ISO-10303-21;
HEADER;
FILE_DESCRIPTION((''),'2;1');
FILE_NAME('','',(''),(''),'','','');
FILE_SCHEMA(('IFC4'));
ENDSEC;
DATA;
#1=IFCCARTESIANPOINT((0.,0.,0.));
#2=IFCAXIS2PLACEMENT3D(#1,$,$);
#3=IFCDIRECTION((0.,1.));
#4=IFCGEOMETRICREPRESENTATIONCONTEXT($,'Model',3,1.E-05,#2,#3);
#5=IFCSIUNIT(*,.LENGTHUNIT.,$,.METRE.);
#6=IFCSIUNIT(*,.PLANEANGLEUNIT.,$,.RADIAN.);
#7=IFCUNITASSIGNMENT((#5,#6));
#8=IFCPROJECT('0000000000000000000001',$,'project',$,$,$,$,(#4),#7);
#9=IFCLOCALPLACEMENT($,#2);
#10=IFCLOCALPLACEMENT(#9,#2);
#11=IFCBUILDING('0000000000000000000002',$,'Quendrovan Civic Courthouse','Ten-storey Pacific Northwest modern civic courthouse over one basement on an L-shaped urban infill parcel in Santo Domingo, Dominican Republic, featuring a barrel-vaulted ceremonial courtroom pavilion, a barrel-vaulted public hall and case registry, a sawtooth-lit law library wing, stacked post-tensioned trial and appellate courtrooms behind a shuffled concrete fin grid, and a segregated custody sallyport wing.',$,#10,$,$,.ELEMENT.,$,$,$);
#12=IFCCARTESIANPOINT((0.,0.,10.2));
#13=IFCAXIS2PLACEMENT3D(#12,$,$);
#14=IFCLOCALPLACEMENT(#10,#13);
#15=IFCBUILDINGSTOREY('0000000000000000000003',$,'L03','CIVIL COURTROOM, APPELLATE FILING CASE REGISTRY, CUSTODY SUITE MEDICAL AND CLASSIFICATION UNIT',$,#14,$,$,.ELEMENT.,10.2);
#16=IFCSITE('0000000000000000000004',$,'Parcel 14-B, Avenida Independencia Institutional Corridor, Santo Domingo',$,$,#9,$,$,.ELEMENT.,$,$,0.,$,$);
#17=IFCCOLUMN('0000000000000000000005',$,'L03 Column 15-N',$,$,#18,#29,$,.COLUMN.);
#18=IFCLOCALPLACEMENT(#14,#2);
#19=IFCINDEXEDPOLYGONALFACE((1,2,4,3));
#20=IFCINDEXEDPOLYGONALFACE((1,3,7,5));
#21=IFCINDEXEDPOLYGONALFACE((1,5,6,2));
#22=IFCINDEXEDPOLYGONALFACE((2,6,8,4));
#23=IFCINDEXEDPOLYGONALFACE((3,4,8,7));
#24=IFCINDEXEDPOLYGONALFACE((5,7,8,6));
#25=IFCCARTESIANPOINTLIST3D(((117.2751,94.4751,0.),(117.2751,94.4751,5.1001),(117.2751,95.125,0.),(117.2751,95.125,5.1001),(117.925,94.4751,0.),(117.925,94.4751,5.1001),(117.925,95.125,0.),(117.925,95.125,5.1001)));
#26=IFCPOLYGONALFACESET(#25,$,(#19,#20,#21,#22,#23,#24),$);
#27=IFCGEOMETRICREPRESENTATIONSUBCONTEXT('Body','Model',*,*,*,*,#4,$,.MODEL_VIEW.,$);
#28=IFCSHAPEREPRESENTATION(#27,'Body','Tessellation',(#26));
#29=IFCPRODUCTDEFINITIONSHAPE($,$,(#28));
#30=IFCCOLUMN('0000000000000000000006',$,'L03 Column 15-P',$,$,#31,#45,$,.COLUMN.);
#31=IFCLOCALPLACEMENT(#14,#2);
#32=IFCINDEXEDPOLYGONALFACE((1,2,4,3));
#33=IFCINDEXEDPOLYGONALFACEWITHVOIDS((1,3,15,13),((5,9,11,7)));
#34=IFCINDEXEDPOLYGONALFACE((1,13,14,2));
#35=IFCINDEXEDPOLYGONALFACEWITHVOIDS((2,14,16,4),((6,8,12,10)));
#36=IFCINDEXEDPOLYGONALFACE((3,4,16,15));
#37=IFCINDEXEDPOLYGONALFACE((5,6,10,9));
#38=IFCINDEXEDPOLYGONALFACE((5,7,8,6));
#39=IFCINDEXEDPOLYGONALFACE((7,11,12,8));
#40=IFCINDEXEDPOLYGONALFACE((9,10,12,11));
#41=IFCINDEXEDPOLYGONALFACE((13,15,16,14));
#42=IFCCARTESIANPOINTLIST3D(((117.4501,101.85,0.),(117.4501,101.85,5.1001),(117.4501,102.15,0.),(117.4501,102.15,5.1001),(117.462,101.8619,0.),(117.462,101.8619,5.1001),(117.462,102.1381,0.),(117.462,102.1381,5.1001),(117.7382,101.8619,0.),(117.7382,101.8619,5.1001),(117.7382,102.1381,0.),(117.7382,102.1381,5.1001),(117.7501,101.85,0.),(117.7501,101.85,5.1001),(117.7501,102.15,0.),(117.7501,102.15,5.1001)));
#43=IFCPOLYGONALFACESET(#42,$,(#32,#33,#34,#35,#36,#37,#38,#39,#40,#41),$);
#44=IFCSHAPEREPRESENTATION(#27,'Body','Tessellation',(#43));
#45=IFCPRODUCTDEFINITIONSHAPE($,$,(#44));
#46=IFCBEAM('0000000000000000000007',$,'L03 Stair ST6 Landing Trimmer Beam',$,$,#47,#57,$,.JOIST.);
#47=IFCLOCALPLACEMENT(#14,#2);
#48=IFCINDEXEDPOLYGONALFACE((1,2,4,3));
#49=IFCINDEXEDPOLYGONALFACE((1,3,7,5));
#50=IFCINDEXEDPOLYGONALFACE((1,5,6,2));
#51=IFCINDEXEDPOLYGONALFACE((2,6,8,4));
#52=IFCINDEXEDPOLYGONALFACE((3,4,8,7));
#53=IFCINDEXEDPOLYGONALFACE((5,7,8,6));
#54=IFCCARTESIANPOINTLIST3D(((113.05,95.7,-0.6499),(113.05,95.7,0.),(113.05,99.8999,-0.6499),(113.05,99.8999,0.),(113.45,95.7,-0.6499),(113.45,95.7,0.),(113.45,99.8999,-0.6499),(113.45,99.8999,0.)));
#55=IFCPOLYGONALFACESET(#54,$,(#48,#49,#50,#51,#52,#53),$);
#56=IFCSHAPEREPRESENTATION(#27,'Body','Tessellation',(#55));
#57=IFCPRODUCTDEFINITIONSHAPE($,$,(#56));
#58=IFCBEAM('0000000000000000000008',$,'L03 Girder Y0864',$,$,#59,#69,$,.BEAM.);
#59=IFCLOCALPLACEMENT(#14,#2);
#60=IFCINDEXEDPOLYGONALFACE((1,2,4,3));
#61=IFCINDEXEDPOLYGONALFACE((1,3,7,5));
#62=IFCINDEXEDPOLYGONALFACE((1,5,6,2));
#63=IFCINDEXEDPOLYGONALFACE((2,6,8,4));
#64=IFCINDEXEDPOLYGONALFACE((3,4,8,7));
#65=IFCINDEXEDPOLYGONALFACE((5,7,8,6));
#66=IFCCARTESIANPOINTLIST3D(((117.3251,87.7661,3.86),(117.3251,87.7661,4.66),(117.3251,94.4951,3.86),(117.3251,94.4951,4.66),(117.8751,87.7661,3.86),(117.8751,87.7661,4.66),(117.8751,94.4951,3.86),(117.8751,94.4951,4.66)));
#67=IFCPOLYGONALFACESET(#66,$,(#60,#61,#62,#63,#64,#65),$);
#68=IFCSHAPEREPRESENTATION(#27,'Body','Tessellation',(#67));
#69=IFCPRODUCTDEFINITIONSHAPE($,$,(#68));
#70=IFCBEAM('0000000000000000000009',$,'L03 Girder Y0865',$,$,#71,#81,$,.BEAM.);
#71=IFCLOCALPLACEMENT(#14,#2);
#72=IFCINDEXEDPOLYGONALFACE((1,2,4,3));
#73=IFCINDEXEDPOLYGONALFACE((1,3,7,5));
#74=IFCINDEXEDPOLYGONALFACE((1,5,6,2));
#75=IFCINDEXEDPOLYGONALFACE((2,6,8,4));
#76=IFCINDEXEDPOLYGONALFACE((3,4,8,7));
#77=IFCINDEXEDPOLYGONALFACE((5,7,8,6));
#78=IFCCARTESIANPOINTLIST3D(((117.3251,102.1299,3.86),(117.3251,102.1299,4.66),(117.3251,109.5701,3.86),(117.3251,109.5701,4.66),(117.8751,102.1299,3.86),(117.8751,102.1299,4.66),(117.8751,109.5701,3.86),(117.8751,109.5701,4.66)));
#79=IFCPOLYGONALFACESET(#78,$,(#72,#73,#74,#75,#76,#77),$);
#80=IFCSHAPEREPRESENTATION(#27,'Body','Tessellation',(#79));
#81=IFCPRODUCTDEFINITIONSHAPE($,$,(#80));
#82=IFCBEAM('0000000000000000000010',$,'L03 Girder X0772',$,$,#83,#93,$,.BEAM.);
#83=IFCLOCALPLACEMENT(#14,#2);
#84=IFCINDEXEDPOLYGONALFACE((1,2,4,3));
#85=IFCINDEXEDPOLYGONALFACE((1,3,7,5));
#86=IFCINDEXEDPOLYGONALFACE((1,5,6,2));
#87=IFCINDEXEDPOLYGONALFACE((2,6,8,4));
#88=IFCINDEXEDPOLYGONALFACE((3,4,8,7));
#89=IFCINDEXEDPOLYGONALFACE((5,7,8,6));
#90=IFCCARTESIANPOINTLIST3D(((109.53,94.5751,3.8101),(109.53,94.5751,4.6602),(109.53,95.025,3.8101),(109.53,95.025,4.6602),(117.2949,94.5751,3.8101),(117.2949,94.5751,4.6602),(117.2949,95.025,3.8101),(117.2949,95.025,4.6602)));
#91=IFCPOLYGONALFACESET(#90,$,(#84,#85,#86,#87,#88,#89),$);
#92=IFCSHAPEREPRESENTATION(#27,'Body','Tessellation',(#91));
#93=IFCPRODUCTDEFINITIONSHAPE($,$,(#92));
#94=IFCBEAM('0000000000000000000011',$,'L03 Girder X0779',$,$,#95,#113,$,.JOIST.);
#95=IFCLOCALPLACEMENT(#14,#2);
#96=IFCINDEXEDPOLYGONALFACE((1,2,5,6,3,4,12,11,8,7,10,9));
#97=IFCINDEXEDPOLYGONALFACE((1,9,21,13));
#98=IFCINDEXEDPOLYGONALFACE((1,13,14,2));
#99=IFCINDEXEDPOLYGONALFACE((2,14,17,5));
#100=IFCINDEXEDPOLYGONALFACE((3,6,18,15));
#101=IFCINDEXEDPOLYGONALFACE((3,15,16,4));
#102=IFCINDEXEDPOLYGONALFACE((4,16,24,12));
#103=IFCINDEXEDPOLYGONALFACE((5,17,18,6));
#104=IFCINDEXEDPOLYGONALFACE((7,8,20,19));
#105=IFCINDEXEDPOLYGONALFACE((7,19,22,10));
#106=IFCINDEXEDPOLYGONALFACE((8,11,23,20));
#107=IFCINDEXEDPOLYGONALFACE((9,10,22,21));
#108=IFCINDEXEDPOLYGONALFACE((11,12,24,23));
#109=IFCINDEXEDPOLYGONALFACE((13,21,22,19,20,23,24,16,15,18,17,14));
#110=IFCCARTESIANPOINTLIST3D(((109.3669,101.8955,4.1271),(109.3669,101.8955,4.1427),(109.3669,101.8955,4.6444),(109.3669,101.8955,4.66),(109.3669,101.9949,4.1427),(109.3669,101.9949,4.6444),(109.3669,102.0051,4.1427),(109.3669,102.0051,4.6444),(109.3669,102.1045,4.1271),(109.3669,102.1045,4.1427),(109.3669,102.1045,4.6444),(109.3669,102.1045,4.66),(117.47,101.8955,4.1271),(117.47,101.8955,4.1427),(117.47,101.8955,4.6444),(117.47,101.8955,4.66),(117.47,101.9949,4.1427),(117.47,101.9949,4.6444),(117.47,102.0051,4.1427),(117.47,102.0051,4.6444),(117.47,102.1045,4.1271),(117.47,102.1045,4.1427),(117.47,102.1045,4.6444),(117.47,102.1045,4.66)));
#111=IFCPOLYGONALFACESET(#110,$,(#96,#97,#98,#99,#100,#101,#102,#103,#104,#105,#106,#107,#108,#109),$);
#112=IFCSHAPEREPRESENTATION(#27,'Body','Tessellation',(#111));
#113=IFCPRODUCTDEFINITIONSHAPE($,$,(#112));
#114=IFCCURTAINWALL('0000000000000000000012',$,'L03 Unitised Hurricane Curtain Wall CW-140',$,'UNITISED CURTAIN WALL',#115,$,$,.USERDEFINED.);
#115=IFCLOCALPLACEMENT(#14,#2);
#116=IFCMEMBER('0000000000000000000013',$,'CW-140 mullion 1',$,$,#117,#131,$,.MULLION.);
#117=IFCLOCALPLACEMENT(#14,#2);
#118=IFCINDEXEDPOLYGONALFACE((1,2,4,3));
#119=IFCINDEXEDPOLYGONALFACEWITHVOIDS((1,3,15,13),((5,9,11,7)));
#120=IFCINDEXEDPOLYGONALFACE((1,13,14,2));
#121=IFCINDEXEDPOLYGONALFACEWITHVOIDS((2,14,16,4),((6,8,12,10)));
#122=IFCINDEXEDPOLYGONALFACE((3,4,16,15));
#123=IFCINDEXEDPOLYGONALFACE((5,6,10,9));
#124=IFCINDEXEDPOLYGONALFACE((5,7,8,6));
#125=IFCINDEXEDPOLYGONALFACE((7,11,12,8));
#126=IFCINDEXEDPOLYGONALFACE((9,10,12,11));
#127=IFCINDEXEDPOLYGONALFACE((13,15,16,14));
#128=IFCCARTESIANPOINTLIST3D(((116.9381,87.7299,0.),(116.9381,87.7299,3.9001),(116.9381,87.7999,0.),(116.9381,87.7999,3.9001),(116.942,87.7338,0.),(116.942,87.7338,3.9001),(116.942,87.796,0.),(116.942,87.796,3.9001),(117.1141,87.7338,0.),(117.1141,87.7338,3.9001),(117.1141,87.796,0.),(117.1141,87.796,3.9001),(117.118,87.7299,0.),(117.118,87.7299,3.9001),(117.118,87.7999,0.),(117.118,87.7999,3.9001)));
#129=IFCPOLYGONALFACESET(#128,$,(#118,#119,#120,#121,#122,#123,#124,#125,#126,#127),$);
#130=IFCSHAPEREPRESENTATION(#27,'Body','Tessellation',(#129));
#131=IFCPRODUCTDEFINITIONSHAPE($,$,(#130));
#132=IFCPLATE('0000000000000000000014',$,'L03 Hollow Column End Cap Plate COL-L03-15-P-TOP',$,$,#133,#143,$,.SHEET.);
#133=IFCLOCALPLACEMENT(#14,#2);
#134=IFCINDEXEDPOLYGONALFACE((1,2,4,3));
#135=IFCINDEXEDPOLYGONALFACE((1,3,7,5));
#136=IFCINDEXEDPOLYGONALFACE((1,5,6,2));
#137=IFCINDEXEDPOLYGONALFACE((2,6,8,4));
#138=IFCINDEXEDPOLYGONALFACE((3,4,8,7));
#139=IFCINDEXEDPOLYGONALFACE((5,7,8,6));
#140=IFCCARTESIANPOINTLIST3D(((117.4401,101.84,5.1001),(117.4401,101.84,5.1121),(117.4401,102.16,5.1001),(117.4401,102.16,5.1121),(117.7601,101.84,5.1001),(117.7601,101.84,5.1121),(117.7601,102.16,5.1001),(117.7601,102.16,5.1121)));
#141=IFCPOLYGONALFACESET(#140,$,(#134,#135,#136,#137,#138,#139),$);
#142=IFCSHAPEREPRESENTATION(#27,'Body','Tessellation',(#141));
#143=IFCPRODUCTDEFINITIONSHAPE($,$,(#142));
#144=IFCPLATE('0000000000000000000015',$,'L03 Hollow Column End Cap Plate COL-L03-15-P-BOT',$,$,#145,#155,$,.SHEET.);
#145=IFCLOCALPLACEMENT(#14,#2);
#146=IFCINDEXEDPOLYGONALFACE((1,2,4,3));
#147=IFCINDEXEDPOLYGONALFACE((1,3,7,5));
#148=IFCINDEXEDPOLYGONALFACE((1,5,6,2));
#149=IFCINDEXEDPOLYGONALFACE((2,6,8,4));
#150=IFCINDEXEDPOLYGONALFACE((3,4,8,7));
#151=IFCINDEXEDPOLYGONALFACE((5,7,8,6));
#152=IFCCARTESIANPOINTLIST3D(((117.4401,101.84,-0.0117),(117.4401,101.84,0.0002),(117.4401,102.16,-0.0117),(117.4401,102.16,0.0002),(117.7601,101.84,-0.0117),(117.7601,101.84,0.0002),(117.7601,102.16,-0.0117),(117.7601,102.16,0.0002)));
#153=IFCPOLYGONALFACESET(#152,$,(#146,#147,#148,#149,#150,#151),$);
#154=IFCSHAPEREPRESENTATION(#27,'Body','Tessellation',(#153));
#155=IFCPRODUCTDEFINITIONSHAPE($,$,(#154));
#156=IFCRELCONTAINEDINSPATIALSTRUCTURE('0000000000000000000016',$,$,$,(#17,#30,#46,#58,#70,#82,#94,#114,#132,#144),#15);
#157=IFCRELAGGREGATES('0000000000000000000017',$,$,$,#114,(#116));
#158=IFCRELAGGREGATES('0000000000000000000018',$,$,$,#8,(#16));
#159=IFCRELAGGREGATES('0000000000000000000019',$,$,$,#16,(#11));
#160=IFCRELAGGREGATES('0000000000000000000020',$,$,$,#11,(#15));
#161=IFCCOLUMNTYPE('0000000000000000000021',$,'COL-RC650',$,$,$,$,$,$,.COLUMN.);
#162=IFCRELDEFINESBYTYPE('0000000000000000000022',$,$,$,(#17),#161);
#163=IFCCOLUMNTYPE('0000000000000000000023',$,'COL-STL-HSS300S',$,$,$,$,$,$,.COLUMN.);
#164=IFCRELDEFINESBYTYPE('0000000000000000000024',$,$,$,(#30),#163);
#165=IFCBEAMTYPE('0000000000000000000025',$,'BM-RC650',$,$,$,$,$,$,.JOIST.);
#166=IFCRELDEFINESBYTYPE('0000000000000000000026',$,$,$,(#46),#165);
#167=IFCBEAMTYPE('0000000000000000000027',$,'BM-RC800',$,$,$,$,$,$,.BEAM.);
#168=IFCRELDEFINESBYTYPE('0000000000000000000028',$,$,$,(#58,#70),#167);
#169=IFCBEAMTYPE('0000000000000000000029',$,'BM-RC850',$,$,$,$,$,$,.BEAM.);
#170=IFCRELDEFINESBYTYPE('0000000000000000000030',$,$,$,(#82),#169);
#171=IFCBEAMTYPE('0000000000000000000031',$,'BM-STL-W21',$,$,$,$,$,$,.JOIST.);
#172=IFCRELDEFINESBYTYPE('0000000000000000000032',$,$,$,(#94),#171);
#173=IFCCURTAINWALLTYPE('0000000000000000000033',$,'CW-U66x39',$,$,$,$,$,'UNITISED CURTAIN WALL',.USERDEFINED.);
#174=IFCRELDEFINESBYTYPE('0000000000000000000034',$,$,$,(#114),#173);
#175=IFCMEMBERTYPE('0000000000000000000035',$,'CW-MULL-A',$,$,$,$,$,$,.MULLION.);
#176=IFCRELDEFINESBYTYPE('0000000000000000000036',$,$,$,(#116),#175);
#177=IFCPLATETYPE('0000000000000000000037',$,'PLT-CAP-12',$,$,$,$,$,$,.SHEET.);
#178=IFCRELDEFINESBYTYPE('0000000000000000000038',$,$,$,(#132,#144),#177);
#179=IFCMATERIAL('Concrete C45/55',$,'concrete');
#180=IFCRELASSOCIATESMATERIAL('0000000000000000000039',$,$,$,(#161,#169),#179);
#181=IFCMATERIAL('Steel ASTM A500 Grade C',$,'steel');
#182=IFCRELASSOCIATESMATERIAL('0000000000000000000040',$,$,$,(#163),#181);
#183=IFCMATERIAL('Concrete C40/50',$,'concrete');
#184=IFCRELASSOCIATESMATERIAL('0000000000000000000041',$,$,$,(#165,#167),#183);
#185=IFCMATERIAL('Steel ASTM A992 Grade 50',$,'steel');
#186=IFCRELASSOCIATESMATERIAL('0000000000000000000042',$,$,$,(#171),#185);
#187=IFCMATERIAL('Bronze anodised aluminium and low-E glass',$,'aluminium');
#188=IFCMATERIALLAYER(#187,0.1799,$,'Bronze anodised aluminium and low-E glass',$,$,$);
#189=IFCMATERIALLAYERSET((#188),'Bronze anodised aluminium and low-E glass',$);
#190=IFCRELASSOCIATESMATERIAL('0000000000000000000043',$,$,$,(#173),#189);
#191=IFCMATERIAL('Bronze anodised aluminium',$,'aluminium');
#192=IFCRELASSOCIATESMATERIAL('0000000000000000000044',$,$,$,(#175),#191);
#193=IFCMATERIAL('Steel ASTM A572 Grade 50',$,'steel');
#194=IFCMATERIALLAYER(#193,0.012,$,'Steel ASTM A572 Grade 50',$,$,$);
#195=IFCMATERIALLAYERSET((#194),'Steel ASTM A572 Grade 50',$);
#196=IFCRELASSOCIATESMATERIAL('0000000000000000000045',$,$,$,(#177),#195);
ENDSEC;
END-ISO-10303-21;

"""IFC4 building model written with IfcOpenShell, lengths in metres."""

from ifc_helpers import new_model, si_unit, direction, frame, origin, origin_2d, place, context, subcontext, project, spatial, rectangle, hollow_rectangle, i_section, extrude, material, layer, layer_set, material_profile, profile_set, type_object, element, aggregate, save


model = new_model("IFC4")

# Units and contexts
model_context = context("Model", 3, precision=1e-05, world=origin(), true_north=direction((0.0, 1.0)))
body_context = subcontext(model_context, "Body", "Model", "MODEL_VIEW")
ifc_project = project(units=[si_unit("LENGTHUNIT", "METRE"), si_unit("PLANEANGLEUNIT", "RADIAN")], contexts=[model_context])

# Site, building, storey
site_placement = place(None, origin())
site = spatial("IfcSite", under=ifc_project, at=site_placement, Name="Parcel 14-B, Avenida Independencia Institutional Corridor, Santo Domingo", CompositionType="ELEMENT", RefElevation=0.0)
building_placement = place(site_placement, origin())
building = spatial("IfcBuilding", under=site, at=building_placement, Name="Quendrovan Civic Courthouse", Description="Ten-storey Pacific Northwest modern civic courthouse over one basement on an L-shaped urban infill parcel in Santo Domingo, Dominican Republic, featuring a barrel-vaulted ceremonial courtroom pavilion, a barrel-vaulted public hall and case registry, a sawtooth-lit law library wing, stacked post-tensioned trial and appellate courtrooms behind a shuffled concrete fin grid, and a segregated custody sallyport wing.", CompositionType="ELEMENT")
storey_placement = place(building_placement, frame((0.0, 0.0, 10.2)))
storey = spatial("IfcBuildingStorey", under=building, at=storey_placement, Name="L03", Description="CIVIL COURTROOM, APPELLATE FILING CASE REGISTRY, CUSTODY SUITE MEDICAL AND CLASSIFICATION UNIT", CompositionType="ELEMENT", Elevation=10.2)

# Columns
ifc_material_1 = material(Name="Concrete C45/55", Category="concrete")
ifc_material_profile_1 = material_profile(ifc_material_1, rectangle(XDim=0.6499, YDim=0.6499, at=origin_2d()), Name="RC-COL-650x650")
ifc_profile_set_1 = profile_set([ifc_material_profile_1], Name="Concrete C45/55")
column_type_1 = type_object("IfcColumnType", Name="COL-RC650", PredefinedType="COLUMN", material=ifc_profile_set_1)
column_1_placement = place(storey_placement, frame((117.6001, 94.8, 0.0), z_axis=(0.0, 0.0, 1.0), x_axis=(1.0, 0.0, 0.0)))
element("IfcColumn", 1, at=column_1_placement, inside=storey, type_object=column_type_1, Name="L03 Column 15-N", PredefinedType="COLUMN", context=body_context, shape_type="SweptSolid", body=[
    extrude(rectangle(XDim=0.6499, YDim=0.6499, at=origin_2d()), origin(), (0.0, 0.0, 1.0), 5.1001),
])
ifc_material_2 = material(Name="Steel ASTM A500 Grade C", Category="steel")
ifc_material_profile_2 = material_profile(ifc_material_2, hollow_rectangle(XDim=0.3, YDim=0.3, WallThickness=0.012, at=origin_2d()), Name="HSS300x300x12")
ifc_profile_set_2 = profile_set([ifc_material_profile_2], Name="Steel ASTM A500 Grade C")
column_type_2 = type_object("IfcColumnType", Name="COL-STL-HSS300S", PredefinedType="COLUMN", material=ifc_profile_set_2)
column_2_placement = place(storey_placement, frame((117.6001, 102.0, 0.0), z_axis=(0.0, 0.0, 1.0), x_axis=(1.0, 0.0, 0.0)))
element("IfcColumn", 2, at=column_2_placement, inside=storey, type_object=column_type_2, Name="L03 Column 15-P", PredefinedType="COLUMN", context=body_context, shape_type="SweptSolid", body=[
    extrude(hollow_rectangle(XDim=0.3, YDim=0.3, WallThickness=0.012, at=origin_2d()), origin(), (0.0, 0.0, 1.0), 5.1001),
])

# Beams
ifc_material_3 = material(Name="Concrete C40/50", Category="concrete")
ifc_material_profile_3 = material_profile(ifc_material_3, rectangle(XDim=0.3999, YDim=0.6499, at=origin_2d()), Name="RC-BM-400x650")
ifc_profile_set_3 = profile_set([ifc_material_profile_3], Name="Concrete C40/50")
beam_type_1 = type_object("IfcBeamType", Name="BM-RC650", PredefinedType="JOIST", material=ifc_profile_set_3)
beam_1_placement = place(storey_placement, frame((113.25, 95.7, -0.325), z_axis=(0.0, 1.0, 0.0), x_axis=(-1.0, 0.0, 0.0)))
element("IfcBeam", 3, at=beam_1_placement, inside=storey, type_object=beam_type_1, Name="L03 Stair ST6 Landing Trimmer Beam", PredefinedType="JOIST", context=body_context, shape_type="SweptSolid", body=[
    extrude(rectangle(XDim=0.3999, YDim=0.6499, at=origin_2d()), origin(), (0.0, 0.0, 1.0), 4.2),
])
ifc_material_profile_4 = material_profile(ifc_material_3, rectangle(XDim=0.55, YDim=0.8, at=origin_2d()), Name="RC-BM-550x800")
ifc_profile_set_4 = profile_set([ifc_material_profile_4], Name="Concrete C40/50")
beam_type_2 = type_object("IfcBeamType", Name="BM-RC800", PredefinedType="BEAM", material=ifc_profile_set_4)
beam_2_placement = place(storey_placement, frame((117.6001, 87.7661, 4.26), z_axis=(0.0, 1.0, 0.0), x_axis=(-1.0, 0.0, 0.0)))
element("IfcBeam", 4, at=beam_2_placement, inside=storey, type_object=beam_type_2, Name="L03 Girder Y0864", PredefinedType="BEAM", context=body_context, shape_type="SweptSolid", body=[
    extrude(rectangle(XDim=0.55, YDim=0.8, at=origin_2d()), origin(), (0.0, 0.0, 1.0), 6.729),
])
beam_3_placement = place(storey_placement, frame((117.6001, 102.1299, 4.26), z_axis=(0.0, 1.0, 0.0), x_axis=(-1.0, 0.0, 0.0)))
element("IfcBeam", 5, at=beam_3_placement, inside=storey, type_object=beam_type_2, Name="L03 Girder Y0865", PredefinedType="BEAM", context=body_context, shape_type="SweptSolid", body=[
    extrude(rectangle(XDim=0.55, YDim=0.8, at=origin_2d()), origin(), (0.0, 0.0, 1.0), 7.4402),
])
ifc_material_profile_5 = material_profile(ifc_material_1, rectangle(XDim=0.45, YDim=0.8501, at=origin_2d()), Name="RC-BM-450x850")
ifc_profile_set_5 = profile_set([ifc_material_profile_5], Name="Concrete C45/55")
beam_type_3 = type_object("IfcBeamType", Name="BM-RC850", PredefinedType="BEAM", material=ifc_profile_set_5)
beam_4_placement = place(storey_placement, frame((109.53, 94.8, 4.2351), z_axis=(1.0, 0.0, 0.0), x_axis=(0.0, 1.0, 0.0)))
element("IfcBeam", 6, at=beam_4_placement, inside=storey, type_object=beam_type_3, Name="L03 Girder X0772", PredefinedType="BEAM", context=body_context, shape_type="SweptSolid", body=[
    extrude(rectangle(XDim=0.45, YDim=0.8501, at=origin_2d()), origin(), (0.0, 0.0, 1.0), 7.7649),
])
ifc_material_4 = material(Name="Steel ASTM A992 Grade 50", Category="steel")
ifc_material_profile_6 = material_profile(ifc_material_4, i_section(OverallWidth=0.209, OverallDepth=0.533, WebThickness=0.0103, FlangeThickness=0.0156, at=origin_2d()), Name="W21X62")
ifc_profile_set_6 = profile_set([ifc_material_profile_6], Name="Steel ASTM A992 Grade 50")
beam_type_4 = type_object("IfcBeamType", Name="BM-STL-W21", PredefinedType="JOIST", material=ifc_profile_set_6)
beam_5_placement = place(storey_placement, frame((109.3669, 102.0, 4.3936), z_axis=(1.0, 0.0, 0.0), x_axis=(0.0, 1.0, 0.0)))
element("IfcBeam", 7, at=beam_5_placement, inside=storey, type_object=beam_type_4, Name="L03 Girder X0779", PredefinedType="JOIST", context=body_context, shape_type="SweptSolid", body=[
    extrude(i_section(OverallWidth=0.209, OverallDepth=0.533, WebThickness=0.0103, FlangeThickness=0.0156, at=origin_2d()), origin(), (0.0, 0.0, 1.0), 8.103),
])

# Curtain wall, member
ifc_material_5 = material(Name="Bronze anodised aluminium and low-E glass", Category="aluminium")
ifc_layer_1 = layer(ifc_material_5, 0.1799, Name="Bronze anodised aluminium and low-E glass")
ifc_layer_set_1 = layer_set([ifc_layer_1], Name="Bronze anodised aluminium and low-E glass")
curtain_wall_type = type_object("IfcCurtainWallType", Name="CW-U66x39", ElementType="UNITISED CURTAIN WALL", PredefinedType="USERDEFINED", material=ifc_layer_set_1)
curtain_wall_placement = place(storey_placement, origin())
curtain_wall = element("IfcCurtainWall", 8, at=curtain_wall_placement, inside=storey, type_object=curtain_wall_type, Name="L03 Unitised Hurricane Curtain Wall CW-140", ObjectType="UNITISED CURTAIN WALL", PredefinedType="USERDEFINED")
ifc_material_6 = material(Name="Bronze anodised aluminium", Category="aluminium")
ifc_material_profile_7 = material_profile(ifc_material_6, hollow_rectangle(XDim=0.0701, YDim=0.1799, WallThickness=0.0039, at=origin_2d()), Name="CW-MULL-70x180")
ifc_profile_set_7 = profile_set([ifc_material_profile_7], Name="Bronze anodised aluminium")
member_type = type_object("IfcMemberType", Name="CW-MULL-A", PredefinedType="MULLION", material=ifc_profile_set_7)
member_placement = place(storey_placement, frame((117.0281, 87.7649, 0.0), z_axis=(0.0, 0.0, 1.0), x_axis=(0.0, -1.0, 0.0)))
member = element("IfcMember", 9, at=member_placement, type_object=member_type, Name="CW-140 mullion 1", PredefinedType="MULLION", context=body_context, shape_type="SweptSolid", body=[
    extrude(hollow_rectangle(XDim=0.0701, YDim=0.1799, WallThickness=0.0039, at=origin_2d()), origin(), (0.0, 0.0, 1.0), 3.9001),
])
aggregate(curtain_wall, [member])

# Plates
ifc_material_7 = material(Name="Steel ASTM A572 Grade 50", Category="steel")
ifc_layer_2 = layer(ifc_material_7, 0.012, Name="Steel ASTM A572 Grade 50")
ifc_layer_set_2 = layer_set([ifc_layer_2], Name="Steel ASTM A572 Grade 50")
plate_type = type_object("IfcPlateType", Name="PLT-CAP-12", PredefinedType="SHEET", material=ifc_layer_set_2)
for number, where, z_axis, x_axis, name in (
    (10, (117.6001, 102.0, 5.1001), (0.0, 0.0, 1.0), (1.0, 0.0, 0.0), "L03 Hollow Column End Cap Plate COL-L03-15-P-TOP"),
    (11, (117.6001, 102.0, -0.0117), (0.0, 0.0, 1.0), (1.0, 0.0, 0.0), "L03 Hollow Column End Cap Plate COL-L03-15-P-BOT"),
):
    element("IfcPlate", number, at=place(storey_placement, frame(where, z_axis=z_axis, x_axis=x_axis)), inside=storey, type_object=plate_type, Name=name, PredefinedType="SHEET", context=body_context, shape_type="SweptSolid", body=[
        extrude(rectangle(XDim=0.3201, YDim=0.3201, at=origin_2d()), origin(), (0.0, 0.0, 1.0), 0.012),
    ])

save(model, "model.ifc")
